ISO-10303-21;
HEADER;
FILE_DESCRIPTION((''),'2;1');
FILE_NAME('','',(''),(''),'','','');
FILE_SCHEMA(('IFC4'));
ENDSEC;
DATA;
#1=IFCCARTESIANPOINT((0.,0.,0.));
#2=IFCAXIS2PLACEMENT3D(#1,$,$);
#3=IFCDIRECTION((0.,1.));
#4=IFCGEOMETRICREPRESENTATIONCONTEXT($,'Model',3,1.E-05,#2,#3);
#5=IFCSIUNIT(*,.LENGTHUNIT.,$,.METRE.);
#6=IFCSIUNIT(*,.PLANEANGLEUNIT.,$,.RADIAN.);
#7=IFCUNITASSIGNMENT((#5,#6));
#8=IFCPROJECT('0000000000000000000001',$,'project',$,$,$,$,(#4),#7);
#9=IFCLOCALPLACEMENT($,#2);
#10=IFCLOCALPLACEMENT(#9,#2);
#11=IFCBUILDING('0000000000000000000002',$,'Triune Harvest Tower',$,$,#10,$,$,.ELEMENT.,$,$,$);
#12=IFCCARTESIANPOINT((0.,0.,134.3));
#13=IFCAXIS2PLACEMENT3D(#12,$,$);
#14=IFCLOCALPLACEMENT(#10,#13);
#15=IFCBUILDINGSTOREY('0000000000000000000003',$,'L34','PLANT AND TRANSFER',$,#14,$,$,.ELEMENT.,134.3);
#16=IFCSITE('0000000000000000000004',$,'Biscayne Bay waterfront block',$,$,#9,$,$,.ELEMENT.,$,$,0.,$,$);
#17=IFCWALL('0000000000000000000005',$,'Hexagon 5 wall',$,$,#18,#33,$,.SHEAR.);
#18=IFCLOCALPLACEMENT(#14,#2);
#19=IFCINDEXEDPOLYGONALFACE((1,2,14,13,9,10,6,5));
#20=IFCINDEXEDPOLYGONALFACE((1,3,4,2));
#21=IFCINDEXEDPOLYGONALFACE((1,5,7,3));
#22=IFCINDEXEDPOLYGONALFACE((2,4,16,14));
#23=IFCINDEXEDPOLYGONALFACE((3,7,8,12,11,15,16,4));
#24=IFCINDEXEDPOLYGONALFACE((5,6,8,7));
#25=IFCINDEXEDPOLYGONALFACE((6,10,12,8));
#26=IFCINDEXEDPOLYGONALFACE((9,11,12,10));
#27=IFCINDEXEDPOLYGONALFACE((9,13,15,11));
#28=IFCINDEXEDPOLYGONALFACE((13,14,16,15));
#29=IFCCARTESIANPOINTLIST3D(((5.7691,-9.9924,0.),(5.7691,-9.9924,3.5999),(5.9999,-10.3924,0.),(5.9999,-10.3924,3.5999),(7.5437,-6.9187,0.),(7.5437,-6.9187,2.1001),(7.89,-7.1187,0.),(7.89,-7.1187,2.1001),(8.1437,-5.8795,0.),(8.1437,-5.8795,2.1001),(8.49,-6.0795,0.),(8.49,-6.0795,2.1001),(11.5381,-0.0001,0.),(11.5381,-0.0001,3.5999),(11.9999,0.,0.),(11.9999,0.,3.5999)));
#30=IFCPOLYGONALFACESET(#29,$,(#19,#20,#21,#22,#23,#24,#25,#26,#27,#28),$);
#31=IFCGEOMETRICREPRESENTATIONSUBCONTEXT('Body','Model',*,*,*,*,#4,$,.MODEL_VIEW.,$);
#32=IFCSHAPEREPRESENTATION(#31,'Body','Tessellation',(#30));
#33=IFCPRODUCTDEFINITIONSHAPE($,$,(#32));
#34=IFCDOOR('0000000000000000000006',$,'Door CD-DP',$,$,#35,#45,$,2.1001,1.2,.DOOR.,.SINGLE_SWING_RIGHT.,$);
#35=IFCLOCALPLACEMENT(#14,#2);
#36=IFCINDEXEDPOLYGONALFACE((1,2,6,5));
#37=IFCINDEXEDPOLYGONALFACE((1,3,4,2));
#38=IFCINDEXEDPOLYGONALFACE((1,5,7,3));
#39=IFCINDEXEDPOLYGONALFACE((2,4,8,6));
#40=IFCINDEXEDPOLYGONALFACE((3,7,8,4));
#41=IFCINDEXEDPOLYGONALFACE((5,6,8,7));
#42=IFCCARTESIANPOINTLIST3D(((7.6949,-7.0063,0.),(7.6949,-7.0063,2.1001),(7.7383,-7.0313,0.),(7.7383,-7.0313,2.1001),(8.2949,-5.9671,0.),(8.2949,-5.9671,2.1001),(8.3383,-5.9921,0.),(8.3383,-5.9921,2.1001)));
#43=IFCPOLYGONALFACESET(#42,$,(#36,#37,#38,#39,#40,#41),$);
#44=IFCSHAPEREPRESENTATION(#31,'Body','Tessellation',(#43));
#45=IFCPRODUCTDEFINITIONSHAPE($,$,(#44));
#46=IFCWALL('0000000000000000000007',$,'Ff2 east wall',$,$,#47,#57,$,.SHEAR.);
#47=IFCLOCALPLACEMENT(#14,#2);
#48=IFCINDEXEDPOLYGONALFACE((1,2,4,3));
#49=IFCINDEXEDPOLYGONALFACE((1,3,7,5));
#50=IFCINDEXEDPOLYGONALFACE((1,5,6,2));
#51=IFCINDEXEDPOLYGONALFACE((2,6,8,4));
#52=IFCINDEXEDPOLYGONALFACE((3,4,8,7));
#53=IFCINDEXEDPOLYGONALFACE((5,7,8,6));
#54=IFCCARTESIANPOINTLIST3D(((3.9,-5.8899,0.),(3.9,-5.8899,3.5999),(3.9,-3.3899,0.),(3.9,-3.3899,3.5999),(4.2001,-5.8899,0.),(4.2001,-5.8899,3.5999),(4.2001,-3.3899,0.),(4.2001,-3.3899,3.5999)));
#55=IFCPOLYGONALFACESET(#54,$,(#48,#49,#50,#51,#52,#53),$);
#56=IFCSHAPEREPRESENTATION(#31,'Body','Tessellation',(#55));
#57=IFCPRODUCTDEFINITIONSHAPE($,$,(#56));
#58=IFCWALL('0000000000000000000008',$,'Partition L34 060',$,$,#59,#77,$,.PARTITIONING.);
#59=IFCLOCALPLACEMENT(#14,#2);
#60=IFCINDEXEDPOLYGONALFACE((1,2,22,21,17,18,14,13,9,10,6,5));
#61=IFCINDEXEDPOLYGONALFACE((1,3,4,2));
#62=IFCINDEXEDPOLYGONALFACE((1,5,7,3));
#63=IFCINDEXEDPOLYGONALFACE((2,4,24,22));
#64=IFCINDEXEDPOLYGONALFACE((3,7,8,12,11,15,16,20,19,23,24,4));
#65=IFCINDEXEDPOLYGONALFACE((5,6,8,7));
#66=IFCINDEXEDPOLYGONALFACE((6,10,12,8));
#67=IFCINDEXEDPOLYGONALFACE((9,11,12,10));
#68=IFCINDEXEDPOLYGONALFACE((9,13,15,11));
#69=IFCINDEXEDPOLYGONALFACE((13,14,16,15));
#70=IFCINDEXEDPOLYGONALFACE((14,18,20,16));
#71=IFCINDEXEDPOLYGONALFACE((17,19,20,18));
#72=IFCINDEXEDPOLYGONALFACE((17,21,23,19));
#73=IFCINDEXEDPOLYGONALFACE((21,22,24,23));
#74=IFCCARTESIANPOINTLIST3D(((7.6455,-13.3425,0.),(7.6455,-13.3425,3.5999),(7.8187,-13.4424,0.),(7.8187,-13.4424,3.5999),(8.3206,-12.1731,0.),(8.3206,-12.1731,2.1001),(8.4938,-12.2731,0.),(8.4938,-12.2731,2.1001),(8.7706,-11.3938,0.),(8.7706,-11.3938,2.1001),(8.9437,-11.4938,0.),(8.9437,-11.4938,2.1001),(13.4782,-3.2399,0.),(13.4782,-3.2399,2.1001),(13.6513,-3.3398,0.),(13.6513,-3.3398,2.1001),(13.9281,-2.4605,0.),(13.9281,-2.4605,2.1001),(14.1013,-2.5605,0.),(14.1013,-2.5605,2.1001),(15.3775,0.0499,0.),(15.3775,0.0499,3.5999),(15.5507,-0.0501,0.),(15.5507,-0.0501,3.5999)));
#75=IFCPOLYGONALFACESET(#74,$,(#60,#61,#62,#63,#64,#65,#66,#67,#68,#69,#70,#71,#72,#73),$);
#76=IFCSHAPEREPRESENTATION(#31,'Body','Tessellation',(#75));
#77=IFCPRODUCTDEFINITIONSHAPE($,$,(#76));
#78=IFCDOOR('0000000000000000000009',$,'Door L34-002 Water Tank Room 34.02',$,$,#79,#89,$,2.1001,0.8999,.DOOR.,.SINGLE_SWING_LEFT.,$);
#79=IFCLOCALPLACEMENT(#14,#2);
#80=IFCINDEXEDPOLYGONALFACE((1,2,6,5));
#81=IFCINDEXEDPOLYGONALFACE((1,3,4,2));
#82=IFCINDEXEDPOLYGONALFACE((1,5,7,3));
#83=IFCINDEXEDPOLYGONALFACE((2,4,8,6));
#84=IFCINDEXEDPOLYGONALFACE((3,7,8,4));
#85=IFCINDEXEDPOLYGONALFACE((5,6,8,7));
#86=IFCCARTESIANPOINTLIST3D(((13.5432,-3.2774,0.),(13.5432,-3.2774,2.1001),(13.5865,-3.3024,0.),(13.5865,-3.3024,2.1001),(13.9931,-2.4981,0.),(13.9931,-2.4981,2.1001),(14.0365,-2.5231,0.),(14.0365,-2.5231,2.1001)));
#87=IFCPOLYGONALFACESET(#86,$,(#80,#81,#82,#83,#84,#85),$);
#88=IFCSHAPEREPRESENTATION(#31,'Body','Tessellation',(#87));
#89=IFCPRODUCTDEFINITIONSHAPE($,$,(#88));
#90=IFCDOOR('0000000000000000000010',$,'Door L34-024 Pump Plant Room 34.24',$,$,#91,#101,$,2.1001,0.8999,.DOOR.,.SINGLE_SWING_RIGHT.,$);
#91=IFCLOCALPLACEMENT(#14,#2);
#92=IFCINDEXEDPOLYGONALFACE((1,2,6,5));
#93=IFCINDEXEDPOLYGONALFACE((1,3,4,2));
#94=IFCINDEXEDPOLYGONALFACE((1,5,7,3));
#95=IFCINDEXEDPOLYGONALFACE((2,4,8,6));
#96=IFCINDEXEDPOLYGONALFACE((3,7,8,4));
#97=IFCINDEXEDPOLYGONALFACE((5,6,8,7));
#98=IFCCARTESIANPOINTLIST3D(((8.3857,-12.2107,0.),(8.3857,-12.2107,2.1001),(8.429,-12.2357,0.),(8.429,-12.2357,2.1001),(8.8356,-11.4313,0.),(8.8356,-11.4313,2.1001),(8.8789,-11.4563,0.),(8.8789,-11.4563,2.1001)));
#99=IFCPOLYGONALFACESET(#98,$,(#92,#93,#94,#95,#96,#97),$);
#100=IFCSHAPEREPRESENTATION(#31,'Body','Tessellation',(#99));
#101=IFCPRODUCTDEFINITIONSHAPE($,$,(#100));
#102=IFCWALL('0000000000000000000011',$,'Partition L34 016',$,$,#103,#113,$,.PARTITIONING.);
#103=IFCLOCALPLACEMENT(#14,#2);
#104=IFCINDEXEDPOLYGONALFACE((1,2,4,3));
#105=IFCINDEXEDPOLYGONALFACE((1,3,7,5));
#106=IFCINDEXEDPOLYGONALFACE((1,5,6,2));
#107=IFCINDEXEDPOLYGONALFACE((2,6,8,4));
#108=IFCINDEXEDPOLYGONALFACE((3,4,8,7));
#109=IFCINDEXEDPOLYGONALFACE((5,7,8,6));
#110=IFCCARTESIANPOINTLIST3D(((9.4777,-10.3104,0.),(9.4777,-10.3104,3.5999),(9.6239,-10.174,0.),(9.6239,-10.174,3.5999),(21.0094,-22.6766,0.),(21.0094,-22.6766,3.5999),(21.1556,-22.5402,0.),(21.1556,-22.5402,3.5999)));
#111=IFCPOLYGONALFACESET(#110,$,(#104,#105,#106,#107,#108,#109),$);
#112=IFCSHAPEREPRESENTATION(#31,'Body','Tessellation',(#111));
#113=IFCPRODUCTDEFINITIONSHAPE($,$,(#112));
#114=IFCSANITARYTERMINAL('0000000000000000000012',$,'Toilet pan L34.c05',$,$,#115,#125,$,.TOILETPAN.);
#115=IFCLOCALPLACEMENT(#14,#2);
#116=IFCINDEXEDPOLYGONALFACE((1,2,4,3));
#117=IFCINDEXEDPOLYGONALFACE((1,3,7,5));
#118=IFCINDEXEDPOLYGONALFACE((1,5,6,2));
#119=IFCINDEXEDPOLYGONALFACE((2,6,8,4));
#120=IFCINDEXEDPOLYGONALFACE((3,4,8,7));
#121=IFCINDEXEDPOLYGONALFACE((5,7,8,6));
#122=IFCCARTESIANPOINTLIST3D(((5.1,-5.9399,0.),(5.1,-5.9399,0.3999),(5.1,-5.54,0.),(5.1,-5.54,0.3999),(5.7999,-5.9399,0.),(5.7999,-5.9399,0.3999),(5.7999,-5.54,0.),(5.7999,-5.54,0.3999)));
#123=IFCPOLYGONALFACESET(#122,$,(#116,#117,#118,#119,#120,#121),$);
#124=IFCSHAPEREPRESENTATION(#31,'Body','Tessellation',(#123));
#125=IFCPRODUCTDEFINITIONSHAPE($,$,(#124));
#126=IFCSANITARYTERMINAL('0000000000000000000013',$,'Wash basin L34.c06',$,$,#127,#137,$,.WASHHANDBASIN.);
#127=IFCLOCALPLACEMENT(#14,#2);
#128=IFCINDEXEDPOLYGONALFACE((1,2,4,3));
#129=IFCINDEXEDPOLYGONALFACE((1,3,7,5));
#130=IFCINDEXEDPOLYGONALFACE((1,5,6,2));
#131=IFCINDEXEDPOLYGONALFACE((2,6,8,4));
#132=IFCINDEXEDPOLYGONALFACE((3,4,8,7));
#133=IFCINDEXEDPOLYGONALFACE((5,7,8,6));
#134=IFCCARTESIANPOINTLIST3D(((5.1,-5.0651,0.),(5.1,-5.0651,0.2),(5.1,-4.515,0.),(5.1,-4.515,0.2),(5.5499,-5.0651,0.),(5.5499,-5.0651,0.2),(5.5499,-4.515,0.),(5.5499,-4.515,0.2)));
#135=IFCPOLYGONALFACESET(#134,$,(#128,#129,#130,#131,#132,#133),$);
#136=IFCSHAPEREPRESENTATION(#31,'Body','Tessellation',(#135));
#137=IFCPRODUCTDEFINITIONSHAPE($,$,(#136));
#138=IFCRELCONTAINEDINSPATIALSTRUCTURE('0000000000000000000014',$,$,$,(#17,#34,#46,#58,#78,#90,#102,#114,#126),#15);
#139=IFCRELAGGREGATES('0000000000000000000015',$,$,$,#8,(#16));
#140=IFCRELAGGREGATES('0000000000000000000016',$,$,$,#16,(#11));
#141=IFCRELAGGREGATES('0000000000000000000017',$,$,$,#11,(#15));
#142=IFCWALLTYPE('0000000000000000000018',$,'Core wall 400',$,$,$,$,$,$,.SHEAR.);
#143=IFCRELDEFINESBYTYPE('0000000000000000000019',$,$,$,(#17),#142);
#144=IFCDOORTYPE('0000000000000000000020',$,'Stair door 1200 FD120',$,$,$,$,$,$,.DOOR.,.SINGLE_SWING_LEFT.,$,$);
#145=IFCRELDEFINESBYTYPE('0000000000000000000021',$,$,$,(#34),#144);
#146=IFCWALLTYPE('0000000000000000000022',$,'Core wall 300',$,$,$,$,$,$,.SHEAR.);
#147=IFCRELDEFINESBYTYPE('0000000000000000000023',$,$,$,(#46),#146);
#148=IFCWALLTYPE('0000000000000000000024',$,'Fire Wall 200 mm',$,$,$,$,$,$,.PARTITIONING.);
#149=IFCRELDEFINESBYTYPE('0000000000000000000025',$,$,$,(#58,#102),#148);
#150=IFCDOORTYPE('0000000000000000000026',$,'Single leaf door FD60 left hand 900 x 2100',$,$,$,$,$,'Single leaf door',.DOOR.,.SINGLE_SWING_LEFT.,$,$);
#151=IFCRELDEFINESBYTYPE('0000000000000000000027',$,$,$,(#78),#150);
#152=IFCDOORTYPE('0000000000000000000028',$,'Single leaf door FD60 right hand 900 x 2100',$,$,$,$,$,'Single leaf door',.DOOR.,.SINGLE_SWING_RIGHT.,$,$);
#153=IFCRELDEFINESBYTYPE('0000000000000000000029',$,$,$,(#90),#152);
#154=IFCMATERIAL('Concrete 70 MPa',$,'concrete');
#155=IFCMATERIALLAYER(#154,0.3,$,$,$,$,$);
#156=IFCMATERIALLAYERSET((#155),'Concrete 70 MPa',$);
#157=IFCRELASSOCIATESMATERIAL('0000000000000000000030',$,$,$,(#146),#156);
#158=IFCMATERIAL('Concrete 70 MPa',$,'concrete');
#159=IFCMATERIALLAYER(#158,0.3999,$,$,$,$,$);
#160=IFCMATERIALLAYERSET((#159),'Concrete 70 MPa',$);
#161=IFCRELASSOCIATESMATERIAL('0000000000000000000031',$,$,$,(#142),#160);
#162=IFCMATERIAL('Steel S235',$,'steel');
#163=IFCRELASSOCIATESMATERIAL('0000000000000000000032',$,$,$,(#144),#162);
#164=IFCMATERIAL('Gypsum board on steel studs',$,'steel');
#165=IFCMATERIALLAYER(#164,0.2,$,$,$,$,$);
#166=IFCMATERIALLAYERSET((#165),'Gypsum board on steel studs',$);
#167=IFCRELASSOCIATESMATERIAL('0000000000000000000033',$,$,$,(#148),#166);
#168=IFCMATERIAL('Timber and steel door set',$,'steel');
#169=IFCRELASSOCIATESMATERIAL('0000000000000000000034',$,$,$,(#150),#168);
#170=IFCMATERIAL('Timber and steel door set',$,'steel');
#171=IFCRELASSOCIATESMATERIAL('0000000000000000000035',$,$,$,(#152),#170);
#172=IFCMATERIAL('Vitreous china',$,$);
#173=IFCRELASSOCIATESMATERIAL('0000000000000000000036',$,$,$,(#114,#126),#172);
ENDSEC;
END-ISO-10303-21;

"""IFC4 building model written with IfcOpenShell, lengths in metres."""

from ifc_helpers import new_model, si_unit, direction, frame, frame_2d, origin, origin_2d, place, context, subcontext, project, spatial, polyline, rectangle, outline, extrude, source, transform, mapped, material, layer, layer_set, type_object, element, fill, save


model = new_model("IFC4")

# Units and contexts
model_context = context("Model", 3, precision=1e-05, world=origin(), true_north=direction((0.0, 1.0)))
body_context = subcontext(model_context, "Body", "Model", "MODEL_VIEW")
ifc_project = project(units=[si_unit("LENGTHUNIT", "METRE"), si_unit("PLANEANGLEUNIT", "RADIAN")], contexts=[model_context])

# Site, building, storey
site_placement = place(None, origin())
site = spatial("IfcSite", under=ifc_project, at=site_placement, Name="Biscayne Bay waterfront block", CompositionType="ELEMENT", RefElevation=0.0)
building_placement = place(site_placement, origin())
building = spatial("IfcBuilding", under=site, at=building_placement, Name="Triune Harvest Tower", CompositionType="ELEMENT")
storey_placement = place(building_placement, frame((0.0, 0.0, 134.3)))
storey = spatial("IfcBuildingStorey", under=building, at=storey_placement, Name="L34", Description="PLANT AND TRANSFER", CompositionType="ELEMENT", Elevation=134.3)

# Shared definitions
ifc_material_1 = material(Name="Concrete 70 MPa", Category="concrete")
ifc_layer_1 = layer(ifc_material_1, 0.3)
ifc_layer_set_1 = layer_set([ifc_layer_1], Name="Concrete 70 MPa")
wall_type_1 = type_object("IfcWallType", Name="Core wall 300", PredefinedType="SHEAR", material=ifc_layer_set_1)

# Wall, opening, door
ifc_material_2 = material(Name="Concrete 70 MPa", Category="concrete")
ifc_layer_2 = layer(ifc_material_2, 0.3999)
ifc_layer_set_2 = layer_set([ifc_layer_2], Name="Concrete 70 MPa")
wall_type_2 = type_object("IfcWallType", Name="Core wall 400", PredefinedType="SHEAR", material=ifc_layer_set_2)
shared_shape_1 = source(origin(), body_context, "Body", "SweptSolid", [
    extrude(outline(polyline([(-0.1155, -0.2), (11.8845, -0.2), (11.6536, 0.2), (0.1155, 0.2), (-0.1155, -0.2)])), origin(), (0.0, 0.0, 1.0), 3.5999),
])
wall_1_placement = place(storey_placement, frame((5.8845, -10.1924, 0.0), z_axis=(0.0, 0.0, 1.0), x_axis=(0.499997, 0.866027, 0.0)))
wall_1 = element("IfcWall", 1, at=wall_1_placement, inside=storey, type_object=wall_type_2, Name="Hexagon 5 wall", PredefinedType="SHEAR", context=body_context, shape_type="MappedRepresentation", body=[
    mapped(shared_shape_1, transform((0.0, 0.0, 0.0), scale=1.0)),
])
opening_1_placement = place(wall_1_placement, frame((3.6646, 0.0, 0.0)))
opening_1 = element("IfcOpeningElement", 2, at=opening_1_placement, cuts=wall_1, PredefinedType="OPENING", context=body_context, shape_type="SweptSolid", body=[
    extrude(rectangle(XDim=1.2, YDim=2.1001, at=frame_2d((0.6001, 1.05))), frame((0.0, 0.21, 0.0), z_axis=(0.0, -1.0, 0.0), x_axis=(1.0, 0.0, 0.0)), (0.0, 0.0, 1.0), 0.4199),
])
ifc_material_3 = material(Name="Steel S235", Category="steel")
door_type_1 = type_object("IfcDoorType", Name="Stair door 1200 FD120", OperationType="SINGLE_SWING_LEFT", PredefinedType="DOOR", material=ifc_material_3)
door_1_placement = place(opening_1_placement, frame((1.2, 0.0, 0.0), z_axis=(0.0, 0.0, 1.0), x_axis=(-1.0, 0.0, 0.0)))
door_1 = element("IfcDoor", 3, at=door_1_placement, inside=storey, type_object=door_type_1, Name="Door CD-DP", OperationType="SINGLE_SWING_RIGHT", OverallHeight=2.1001, OverallWidth=1.2, PredefinedType="DOOR", context=body_context, shape_type="SweptSolid", body=[
    extrude(rectangle(XDim=1.2, YDim=2.1001, at=frame_2d((0.6001, 1.05))), frame((0.0, 0.0249, 0.0), z_axis=(0.0, -1.0, 0.0), x_axis=(1.0, 0.0, 0.0)), (0.0, 0.0, 1.0), 0.05),
])
fill(opening_1, door_1)

# Wall
shared_shape_2 = source(origin(), body_context, "Body", "SweptSolid", [
    extrude(rectangle(XDim=2.5, YDim=0.3, at=frame_2d((1.25, 0.0))), origin(), (0.0, 0.0, 1.0), 3.5999),
])
wall_2_placement = place(storey_placement, frame((4.05, -5.8899, 0.0), z_axis=(0.0, 0.0, 1.0), x_axis=(0.0, 1.0, 0.0)))
element("IfcWall", 4, at=wall_2_placement, inside=storey, type_object=wall_type_1, Name="Ff2 east wall", PredefinedType="SHEAR", context=body_context, shape_type="MappedRepresentation", body=[
    mapped(shared_shape_2, transform((0.0, 0.0, 0.0), scale=1.0)),
])

# Wall, openings, doors
ifc_material_4 = material(Name="Gypsum board on steel studs", Category="steel")
ifc_layer_3 = layer(ifc_material_4, 0.2)
ifc_layer_set_3 = layer_set([ifc_layer_3], Name="Gypsum board on steel studs")
wall_type_3 = type_object("IfcWallType", Name="Fire Wall 200 mm", PredefinedType="PARTITIONING", material=ifc_layer_set_3)
shared_shape_3 = source(origin(), body_context, "Body", "SweptSolid", [
    extrude(rectangle(XDim=15.4641, YDim=0.2, at=frame_2d((7.7319, 0.0))), origin(), (0.0, 0.0, 1.0), 3.5999),
])
wall_3_placement = place(storey_placement, frame((7.7322, -13.3923, 0.0), z_axis=(0.0, 0.0, 1.0), x_axis=(0.499993, 0.866029, 0.0)))
wall_3 = element("IfcWall", 5, at=wall_3_placement, inside=storey, type_object=wall_type_3, Name="Partition L34 060", PredefinedType="PARTITIONING", context=body_context, shape_type="MappedRepresentation", body=[
    mapped(shared_shape_3, transform((0.0, 0.0, 0.0), scale=1.0)),
])
opening_2_placement = place(wall_3_placement, frame((11.6653, 0.0, 0.0)))
opening_2 = element("IfcOpeningElement", 6, at=opening_2_placement, cuts=wall_3, PredefinedType="OPENING", context=body_context, shape_type="SweptSolid", body=[
    extrude(rectangle(XDim=0.8999, YDim=2.1001, at=frame_2d((0.45, 1.05))), frame((0.0, 0.1099, 0.0), z_axis=(0.0, -1.0, 0.0), x_axis=(1.0, 0.0, 0.0)), (0.0, 0.0, 1.0), 0.22),
])
opening_3_placement = place(wall_3_placement, frame((1.3501, 0.0, 0.0)))
opening_3 = element("IfcOpeningElement", 7, at=opening_3_placement, cuts=wall_3, PredefinedType="OPENING", context=body_context, shape_type="SweptSolid", body=[
    extrude(rectangle(XDim=0.8999, YDim=2.1001, at=frame_2d((0.45, 1.05))), frame((0.0, 0.1099, 0.0), z_axis=(0.0, -1.0, 0.0), x_axis=(1.0, 0.0, 0.0)), (0.0, 0.0, 1.0), 0.22),
])
ifc_material_5 = material(Name="Timber and steel door set", Category="steel")
door_type_2 = type_object("IfcDoorType", Name="Single leaf door FD60 left hand 900 x 2100", ElementType="Single leaf door", OperationType="SINGLE_SWING_LEFT", PredefinedType="DOOR", material=ifc_material_5)
door_2_placement = place(opening_2_placement, origin())
door_2 = element("IfcDoor", 8, at=door_2_placement, inside=storey, type_object=door_type_2, Name="Door L34-002 Water Tank Room 34.02", OperationType="SINGLE_SWING_LEFT", OverallHeight=2.1001, OverallWidth=0.8999, PredefinedType="DOOR", context=body_context, shape_type="SweptSolid", body=[
    extrude(rectangle(XDim=0.8999, YDim=2.1001, at=frame_2d((0.45, 1.05))), frame((0.0, 0.0249, 0.0), z_axis=(0.0, -1.0, 0.0), x_axis=(1.0, 0.0, 0.0)), (0.0, 0.0, 1.0), 0.05),
])
fill(opening_2, door_2)
ifc_material_6 = material(Name="Timber and steel door set", Category="steel")
door_type_3 = type_object("IfcDoorType", Name="Single leaf door FD60 right hand 900 x 2100", ElementType="Single leaf door", OperationType="SINGLE_SWING_RIGHT", PredefinedType="DOOR", material=ifc_material_6)
door_3_placement = place(opening_3_placement, origin())
door_3 = element("IfcDoor", 9, at=door_3_placement, inside=storey, type_object=door_type_3, Name="Door L34-024 Pump Plant Room 34.24", OperationType="SINGLE_SWING_RIGHT", OverallHeight=2.1001, OverallWidth=0.8999, PredefinedType="DOOR", context=body_context, shape_type="SweptSolid", body=[
    extrude(rectangle(XDim=0.8999, YDim=2.1001, at=frame_2d((0.45, 1.05))), frame((0.0, 0.0249, 0.0), z_axis=(0.0, -1.0, 0.0), x_axis=(1.0, 0.0, 0.0)), (0.0, 0.0, 1.0), 0.05),
])
fill(opening_3, door_3)

# Wall
shared_shape_4 = source(origin(), body_context, "Body", "SweptSolid", [
    extrude(rectangle(XDim=16.9087, YDim=0.2, at=frame_2d((8.4543, 0.0))), origin(), (0.0, 0.0, 1.0), 3.5999),
])
wall_4_placement = place(storey_placement, frame((9.5508, -10.2422, 0.0), z_axis=(0.0, 0.0, 1.0), x_axis=(0.682, -0.731352, 0.0)))
element("IfcWall", 10, at=wall_4_placement, inside=storey, type_object=wall_type_3, Name="Partition L34 016", PredefinedType="PARTITIONING", context=body_context, shape_type="MappedRepresentation", body=[
    mapped(shared_shape_4, transform((0.0, 0.0, 0.0), scale=1.0)),
])

# Sanitary terminals
ifc_material_7 = material(Name="Vitreous china")
shared_shape_5 = source(origin(), body_context, "Body", "SweptSolid", [
    extrude(rectangle(XDim=0.3999, YDim=0.7, at=origin_2d()), origin(), (0.0, 0.0, 1.0), 0.3999),
])
sanitary_terminal_1_placement = place(storey_placement, frame((5.45, -5.74, 0.0), z_axis=(0.0, 0.0, 1.0), x_axis=(0.0, 1.0, 0.0)))
element("IfcSanitaryTerminal", 11, at=sanitary_terminal_1_placement, inside=storey, material=ifc_material_7, Name="Toilet pan L34.c05", PredefinedType="TOILETPAN", context=body_context, shape_type="MappedRepresentation", body=[
    mapped(shared_shape_5, transform((0.0, 0.0, 0.0), scale=1.0)),
])
shared_shape_6 = source(origin(), body_context, "Body", "SweptSolid", [
    extrude(rectangle(XDim=0.55, YDim=0.45, at=origin_2d()), origin(), (0.0, 0.0, 1.0), 0.2),
])
sanitary_terminal_2_placement = place(storey_placement, frame((5.325, -4.79, 0.0), z_axis=(0.0, 0.0, 1.0), x_axis=(0.0, 1.0, 0.0)))
element("IfcSanitaryTerminal", 12, at=sanitary_terminal_2_placement, inside=storey, material=ifc_material_7, Name="Wash basin L34.c06", PredefinedType="WASHHANDBASIN", context=body_context, shape_type="MappedRepresentation", body=[
    mapped(shared_shape_6, transform((0.0, 0.0, 0.0), scale=1.0)),
])

save(model, "model.ifc")
